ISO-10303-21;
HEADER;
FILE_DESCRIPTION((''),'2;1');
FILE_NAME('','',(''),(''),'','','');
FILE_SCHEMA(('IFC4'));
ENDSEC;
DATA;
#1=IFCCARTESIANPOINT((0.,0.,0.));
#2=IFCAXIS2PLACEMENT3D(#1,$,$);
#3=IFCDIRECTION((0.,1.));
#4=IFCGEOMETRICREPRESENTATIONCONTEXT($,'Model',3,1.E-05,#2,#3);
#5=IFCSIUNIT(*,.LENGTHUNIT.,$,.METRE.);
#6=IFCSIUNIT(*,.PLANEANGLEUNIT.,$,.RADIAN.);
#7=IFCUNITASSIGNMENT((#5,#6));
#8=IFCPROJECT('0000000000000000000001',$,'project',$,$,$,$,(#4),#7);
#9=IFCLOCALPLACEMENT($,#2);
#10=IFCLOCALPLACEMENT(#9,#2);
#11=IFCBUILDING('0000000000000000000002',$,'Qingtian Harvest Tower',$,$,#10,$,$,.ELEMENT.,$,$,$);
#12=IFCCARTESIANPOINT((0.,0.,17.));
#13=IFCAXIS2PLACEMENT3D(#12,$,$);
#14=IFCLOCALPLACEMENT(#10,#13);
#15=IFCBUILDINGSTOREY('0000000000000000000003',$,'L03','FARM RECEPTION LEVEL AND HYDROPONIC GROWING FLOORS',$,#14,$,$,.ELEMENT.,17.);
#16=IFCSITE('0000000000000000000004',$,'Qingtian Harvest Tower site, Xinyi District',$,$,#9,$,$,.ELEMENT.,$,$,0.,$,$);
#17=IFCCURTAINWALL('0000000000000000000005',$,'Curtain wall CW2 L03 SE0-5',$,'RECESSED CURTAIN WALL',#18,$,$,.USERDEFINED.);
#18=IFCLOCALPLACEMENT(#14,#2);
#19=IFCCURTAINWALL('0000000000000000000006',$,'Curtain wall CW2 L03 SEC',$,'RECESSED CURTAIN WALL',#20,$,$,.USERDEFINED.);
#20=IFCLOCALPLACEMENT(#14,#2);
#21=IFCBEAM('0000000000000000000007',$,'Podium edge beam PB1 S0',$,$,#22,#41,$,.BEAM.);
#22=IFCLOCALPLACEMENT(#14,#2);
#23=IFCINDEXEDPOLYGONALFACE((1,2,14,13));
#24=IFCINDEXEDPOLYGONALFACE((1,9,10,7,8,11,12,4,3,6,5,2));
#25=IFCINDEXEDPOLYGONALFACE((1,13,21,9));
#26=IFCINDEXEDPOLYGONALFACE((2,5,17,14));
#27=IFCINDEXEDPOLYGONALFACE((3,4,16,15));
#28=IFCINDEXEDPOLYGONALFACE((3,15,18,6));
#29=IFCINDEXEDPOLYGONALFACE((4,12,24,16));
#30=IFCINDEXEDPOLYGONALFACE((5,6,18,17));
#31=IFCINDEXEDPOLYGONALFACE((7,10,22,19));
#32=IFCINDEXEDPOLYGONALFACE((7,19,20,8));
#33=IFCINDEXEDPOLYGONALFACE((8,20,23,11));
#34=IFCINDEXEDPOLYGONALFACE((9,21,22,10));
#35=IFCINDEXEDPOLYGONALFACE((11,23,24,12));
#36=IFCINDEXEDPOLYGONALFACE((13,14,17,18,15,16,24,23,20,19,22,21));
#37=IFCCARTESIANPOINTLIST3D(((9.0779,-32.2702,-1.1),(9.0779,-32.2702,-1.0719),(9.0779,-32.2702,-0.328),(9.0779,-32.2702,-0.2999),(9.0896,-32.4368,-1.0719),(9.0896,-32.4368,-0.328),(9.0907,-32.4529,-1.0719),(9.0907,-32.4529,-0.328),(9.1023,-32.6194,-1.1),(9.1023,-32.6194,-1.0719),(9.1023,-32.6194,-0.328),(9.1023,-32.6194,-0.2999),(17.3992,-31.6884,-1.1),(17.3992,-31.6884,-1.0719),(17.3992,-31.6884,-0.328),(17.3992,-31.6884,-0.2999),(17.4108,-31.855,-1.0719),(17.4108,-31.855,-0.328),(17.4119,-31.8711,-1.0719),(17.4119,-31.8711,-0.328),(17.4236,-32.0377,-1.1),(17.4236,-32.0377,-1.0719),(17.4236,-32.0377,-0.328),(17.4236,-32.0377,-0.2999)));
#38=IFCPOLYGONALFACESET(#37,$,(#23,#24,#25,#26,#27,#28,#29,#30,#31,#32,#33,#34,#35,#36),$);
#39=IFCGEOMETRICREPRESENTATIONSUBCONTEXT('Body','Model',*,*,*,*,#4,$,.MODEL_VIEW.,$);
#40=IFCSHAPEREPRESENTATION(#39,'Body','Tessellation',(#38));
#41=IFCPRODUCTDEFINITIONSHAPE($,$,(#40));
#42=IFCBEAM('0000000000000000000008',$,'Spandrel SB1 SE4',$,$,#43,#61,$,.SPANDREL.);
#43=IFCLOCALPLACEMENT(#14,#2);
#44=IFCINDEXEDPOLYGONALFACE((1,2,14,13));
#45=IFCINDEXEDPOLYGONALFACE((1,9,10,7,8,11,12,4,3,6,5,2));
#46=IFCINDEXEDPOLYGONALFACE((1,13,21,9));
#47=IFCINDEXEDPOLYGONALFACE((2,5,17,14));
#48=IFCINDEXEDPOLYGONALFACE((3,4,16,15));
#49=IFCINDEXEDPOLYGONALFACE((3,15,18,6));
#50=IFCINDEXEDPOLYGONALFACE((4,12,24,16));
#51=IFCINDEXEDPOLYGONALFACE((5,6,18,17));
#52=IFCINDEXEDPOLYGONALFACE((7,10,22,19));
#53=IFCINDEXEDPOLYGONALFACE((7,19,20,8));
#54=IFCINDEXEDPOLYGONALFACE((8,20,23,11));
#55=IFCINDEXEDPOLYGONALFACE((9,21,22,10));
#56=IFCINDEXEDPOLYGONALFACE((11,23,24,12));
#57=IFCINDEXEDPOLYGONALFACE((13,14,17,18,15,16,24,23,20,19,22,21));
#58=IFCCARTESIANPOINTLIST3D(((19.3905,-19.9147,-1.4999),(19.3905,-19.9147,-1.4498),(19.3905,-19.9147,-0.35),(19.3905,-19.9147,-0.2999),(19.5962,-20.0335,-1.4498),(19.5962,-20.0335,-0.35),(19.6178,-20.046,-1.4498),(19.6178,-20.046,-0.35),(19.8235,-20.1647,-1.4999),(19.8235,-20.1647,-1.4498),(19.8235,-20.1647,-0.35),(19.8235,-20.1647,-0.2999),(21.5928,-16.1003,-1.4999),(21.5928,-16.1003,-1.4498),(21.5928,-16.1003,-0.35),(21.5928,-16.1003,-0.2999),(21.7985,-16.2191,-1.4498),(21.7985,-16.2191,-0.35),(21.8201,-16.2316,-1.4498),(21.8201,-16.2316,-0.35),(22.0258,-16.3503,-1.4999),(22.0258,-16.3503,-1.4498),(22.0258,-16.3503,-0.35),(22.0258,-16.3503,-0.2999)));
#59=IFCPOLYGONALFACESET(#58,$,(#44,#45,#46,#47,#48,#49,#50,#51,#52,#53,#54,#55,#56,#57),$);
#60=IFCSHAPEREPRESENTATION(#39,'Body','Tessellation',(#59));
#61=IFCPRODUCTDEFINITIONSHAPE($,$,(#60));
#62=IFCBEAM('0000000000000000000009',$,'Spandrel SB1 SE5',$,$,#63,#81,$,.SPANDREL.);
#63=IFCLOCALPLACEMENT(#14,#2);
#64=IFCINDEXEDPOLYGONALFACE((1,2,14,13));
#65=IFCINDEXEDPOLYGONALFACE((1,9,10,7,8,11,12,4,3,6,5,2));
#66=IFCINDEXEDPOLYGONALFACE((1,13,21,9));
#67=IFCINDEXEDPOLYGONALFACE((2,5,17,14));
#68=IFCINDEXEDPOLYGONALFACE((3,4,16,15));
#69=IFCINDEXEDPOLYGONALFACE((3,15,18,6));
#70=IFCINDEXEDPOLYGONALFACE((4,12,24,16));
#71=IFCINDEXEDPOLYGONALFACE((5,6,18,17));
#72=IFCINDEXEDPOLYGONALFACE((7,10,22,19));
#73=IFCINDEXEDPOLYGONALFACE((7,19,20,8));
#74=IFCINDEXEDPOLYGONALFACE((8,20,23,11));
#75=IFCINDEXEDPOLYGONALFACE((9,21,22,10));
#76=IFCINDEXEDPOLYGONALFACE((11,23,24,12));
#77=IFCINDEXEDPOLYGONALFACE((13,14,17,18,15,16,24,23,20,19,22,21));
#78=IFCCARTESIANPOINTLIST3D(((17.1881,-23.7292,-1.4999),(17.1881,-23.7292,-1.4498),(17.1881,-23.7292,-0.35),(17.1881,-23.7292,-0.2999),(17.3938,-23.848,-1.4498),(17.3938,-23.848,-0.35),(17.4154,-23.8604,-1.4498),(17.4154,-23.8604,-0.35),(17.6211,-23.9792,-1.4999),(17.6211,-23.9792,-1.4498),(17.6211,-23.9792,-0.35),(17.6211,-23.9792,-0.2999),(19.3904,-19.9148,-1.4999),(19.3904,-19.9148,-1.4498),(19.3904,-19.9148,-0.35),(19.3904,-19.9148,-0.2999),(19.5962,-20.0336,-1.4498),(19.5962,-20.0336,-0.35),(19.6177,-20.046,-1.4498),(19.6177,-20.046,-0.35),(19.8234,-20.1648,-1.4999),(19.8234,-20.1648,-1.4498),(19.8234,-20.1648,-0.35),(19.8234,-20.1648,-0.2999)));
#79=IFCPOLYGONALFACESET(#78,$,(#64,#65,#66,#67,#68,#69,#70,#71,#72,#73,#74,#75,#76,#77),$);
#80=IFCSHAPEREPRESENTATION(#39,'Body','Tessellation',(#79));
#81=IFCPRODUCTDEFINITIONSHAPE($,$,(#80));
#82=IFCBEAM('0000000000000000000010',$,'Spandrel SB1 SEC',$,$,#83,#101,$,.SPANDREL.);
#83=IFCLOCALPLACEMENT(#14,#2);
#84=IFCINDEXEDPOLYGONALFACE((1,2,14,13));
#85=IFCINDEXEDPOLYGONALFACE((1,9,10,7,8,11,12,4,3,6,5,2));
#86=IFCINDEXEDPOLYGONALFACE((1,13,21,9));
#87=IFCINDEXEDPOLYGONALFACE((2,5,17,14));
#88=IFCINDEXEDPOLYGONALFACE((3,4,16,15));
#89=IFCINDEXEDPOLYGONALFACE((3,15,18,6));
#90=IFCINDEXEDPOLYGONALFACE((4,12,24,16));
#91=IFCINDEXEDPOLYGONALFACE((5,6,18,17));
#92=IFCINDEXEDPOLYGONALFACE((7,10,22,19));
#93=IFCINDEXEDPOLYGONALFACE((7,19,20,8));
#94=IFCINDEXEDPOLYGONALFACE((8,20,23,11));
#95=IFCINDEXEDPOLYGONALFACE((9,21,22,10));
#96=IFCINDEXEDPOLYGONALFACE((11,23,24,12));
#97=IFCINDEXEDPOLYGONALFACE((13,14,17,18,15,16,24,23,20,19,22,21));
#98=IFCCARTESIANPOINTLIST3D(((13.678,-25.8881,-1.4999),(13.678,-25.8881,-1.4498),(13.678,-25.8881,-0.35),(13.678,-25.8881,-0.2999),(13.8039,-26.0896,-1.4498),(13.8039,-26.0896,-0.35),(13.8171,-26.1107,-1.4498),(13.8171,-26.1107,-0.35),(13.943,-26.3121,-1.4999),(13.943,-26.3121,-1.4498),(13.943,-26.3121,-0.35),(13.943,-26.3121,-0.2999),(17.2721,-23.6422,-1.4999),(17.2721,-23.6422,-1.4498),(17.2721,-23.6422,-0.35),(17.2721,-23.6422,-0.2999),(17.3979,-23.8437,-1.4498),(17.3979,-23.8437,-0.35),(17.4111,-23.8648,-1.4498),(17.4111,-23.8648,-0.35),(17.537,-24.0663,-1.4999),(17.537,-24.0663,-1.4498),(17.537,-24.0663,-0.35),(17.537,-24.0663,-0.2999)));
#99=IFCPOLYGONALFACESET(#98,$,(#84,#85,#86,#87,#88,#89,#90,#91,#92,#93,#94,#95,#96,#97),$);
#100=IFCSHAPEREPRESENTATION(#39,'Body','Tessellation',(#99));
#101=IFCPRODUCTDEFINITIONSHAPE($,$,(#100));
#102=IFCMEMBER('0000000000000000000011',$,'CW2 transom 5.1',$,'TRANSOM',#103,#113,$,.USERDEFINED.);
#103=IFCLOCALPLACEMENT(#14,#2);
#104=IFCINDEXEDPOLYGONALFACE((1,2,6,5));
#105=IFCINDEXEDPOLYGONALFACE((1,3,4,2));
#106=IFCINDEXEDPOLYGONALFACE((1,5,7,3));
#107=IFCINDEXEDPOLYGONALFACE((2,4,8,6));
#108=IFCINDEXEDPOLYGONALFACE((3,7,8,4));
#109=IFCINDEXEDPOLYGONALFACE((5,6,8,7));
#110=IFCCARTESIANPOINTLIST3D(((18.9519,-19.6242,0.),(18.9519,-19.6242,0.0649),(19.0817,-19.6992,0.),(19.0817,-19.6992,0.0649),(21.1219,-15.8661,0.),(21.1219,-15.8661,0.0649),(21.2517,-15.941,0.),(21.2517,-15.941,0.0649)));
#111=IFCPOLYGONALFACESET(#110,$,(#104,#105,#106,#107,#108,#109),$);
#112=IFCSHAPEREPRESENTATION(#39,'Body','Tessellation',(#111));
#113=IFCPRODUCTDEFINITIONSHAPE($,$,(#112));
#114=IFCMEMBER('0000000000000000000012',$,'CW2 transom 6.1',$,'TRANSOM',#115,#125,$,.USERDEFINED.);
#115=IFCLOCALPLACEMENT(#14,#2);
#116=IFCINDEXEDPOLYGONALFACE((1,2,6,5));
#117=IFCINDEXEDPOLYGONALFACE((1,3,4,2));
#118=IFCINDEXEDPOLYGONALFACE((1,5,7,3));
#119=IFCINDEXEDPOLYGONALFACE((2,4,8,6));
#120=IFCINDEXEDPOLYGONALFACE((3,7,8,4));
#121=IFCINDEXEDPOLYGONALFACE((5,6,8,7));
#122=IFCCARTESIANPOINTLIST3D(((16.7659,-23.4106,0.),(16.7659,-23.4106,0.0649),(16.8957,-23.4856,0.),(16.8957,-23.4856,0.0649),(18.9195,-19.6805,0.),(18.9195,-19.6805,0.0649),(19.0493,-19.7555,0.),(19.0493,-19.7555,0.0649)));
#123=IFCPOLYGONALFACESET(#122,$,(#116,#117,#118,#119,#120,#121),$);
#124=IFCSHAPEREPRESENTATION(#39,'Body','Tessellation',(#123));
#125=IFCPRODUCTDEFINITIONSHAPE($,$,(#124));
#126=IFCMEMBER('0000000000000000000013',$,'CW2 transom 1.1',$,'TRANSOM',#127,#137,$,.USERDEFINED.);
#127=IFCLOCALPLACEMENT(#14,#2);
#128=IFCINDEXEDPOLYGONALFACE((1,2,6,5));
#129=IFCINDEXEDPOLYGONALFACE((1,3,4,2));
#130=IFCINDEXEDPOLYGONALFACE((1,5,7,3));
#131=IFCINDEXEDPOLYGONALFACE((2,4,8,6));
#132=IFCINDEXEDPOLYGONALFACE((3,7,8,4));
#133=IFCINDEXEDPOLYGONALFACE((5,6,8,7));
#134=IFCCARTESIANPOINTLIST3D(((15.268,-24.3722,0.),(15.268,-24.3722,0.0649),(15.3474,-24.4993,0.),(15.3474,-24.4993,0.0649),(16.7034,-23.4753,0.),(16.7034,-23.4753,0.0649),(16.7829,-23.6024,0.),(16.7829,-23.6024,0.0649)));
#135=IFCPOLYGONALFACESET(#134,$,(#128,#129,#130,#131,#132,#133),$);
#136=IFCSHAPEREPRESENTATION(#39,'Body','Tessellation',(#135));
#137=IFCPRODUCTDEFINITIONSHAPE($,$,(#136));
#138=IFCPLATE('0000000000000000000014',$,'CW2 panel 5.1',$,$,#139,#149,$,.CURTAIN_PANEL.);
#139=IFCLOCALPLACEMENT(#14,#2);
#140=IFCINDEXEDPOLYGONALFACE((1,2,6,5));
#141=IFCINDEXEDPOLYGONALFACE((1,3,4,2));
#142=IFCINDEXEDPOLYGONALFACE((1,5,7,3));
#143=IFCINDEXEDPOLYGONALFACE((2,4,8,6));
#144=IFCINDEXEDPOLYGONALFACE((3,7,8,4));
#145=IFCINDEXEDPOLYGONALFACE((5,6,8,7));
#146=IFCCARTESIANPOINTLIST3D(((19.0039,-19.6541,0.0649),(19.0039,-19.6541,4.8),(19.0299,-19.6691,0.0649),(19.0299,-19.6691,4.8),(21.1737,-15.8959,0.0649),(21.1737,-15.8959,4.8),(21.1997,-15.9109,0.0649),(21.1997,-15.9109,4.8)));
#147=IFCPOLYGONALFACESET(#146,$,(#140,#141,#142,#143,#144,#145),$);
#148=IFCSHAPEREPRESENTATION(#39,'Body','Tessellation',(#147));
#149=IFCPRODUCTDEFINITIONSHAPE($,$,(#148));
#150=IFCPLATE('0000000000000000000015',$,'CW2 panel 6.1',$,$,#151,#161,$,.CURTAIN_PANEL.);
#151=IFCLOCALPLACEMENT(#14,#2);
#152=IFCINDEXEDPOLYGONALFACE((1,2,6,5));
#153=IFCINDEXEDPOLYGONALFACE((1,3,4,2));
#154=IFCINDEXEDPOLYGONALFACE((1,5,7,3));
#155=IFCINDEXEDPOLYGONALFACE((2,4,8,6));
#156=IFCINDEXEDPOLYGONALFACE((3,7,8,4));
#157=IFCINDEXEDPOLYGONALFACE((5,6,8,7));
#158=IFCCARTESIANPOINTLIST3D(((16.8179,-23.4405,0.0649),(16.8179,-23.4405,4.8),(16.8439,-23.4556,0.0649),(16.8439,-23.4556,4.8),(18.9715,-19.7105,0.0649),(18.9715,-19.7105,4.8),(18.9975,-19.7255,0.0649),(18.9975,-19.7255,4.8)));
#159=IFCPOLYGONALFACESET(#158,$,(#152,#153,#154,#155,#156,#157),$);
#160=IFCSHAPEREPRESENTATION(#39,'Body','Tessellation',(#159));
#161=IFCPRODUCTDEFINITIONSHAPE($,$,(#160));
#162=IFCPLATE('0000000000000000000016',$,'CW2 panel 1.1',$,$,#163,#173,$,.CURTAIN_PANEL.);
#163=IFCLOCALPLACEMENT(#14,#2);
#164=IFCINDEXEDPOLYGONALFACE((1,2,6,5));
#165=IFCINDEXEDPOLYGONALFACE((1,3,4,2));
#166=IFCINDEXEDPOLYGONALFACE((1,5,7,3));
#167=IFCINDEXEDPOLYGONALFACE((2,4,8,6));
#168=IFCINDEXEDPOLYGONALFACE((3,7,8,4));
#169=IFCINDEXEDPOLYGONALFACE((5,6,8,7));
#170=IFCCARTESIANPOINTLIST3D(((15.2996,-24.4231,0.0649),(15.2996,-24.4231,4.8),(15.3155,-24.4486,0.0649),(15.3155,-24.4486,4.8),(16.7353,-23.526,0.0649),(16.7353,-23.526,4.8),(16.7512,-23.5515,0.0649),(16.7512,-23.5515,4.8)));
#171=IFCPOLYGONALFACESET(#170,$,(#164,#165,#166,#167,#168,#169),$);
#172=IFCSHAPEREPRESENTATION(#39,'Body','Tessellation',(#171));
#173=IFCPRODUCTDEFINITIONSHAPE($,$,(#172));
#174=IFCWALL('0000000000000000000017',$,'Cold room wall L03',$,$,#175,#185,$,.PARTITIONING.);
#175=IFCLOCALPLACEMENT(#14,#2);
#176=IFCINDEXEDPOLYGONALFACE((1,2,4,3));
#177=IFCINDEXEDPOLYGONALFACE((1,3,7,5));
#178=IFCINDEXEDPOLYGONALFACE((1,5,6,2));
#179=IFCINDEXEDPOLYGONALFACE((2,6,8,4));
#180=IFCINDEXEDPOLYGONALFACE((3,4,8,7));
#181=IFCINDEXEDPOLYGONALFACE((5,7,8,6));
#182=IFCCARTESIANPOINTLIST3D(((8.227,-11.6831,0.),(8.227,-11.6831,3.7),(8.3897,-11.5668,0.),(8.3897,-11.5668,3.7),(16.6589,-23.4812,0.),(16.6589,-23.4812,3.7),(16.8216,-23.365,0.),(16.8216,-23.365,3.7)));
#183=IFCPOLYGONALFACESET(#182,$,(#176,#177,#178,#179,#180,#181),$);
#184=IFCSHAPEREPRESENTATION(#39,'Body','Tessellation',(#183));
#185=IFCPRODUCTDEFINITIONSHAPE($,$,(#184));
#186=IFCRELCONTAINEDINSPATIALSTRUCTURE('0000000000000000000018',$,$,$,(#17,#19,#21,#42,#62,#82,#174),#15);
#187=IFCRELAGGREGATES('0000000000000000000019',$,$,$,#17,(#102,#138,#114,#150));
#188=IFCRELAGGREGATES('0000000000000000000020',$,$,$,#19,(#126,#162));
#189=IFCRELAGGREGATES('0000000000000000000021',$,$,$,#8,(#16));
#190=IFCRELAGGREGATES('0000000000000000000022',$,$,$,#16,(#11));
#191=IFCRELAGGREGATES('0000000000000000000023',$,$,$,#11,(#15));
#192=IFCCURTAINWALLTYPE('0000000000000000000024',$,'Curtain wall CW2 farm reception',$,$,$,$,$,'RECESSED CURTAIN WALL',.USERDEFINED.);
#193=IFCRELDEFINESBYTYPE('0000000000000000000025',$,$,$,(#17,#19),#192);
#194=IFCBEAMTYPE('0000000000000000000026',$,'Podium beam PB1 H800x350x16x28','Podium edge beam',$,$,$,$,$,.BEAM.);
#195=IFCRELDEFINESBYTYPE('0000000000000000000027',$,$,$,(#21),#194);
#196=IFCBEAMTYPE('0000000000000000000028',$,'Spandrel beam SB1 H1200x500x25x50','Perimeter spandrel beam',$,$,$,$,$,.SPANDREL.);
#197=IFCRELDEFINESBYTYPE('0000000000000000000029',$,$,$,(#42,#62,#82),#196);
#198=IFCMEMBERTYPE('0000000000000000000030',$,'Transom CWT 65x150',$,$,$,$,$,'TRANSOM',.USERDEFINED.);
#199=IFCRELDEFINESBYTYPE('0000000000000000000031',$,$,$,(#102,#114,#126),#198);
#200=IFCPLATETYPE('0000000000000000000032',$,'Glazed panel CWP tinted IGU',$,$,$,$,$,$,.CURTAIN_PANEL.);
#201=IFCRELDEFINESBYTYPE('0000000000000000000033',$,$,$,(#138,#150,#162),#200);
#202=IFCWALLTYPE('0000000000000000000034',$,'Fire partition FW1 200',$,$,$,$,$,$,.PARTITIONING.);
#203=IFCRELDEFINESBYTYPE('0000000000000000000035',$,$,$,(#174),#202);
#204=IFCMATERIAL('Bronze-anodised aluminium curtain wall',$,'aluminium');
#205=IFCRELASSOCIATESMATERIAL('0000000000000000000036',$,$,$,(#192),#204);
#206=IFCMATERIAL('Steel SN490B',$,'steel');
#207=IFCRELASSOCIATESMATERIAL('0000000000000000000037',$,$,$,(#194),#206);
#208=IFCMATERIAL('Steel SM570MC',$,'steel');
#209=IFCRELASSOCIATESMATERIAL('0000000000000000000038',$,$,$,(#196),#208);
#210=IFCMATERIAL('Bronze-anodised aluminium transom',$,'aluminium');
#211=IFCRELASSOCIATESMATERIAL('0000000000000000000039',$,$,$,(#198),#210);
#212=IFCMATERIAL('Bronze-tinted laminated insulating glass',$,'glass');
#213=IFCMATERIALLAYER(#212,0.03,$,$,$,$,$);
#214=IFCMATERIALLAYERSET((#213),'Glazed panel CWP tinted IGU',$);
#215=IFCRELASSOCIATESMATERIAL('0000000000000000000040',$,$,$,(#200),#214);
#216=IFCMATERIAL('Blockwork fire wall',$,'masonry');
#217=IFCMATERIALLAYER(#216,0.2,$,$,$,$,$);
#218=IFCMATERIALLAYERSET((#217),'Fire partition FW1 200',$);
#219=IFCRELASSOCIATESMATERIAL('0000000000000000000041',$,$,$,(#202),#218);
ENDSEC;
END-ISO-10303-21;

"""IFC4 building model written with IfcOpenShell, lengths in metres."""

from ifc_helpers import new_model, si_unit, direction, frame, frame_2d, origin, origin_2d, place, context, subcontext, project, spatial, rectangle, i_section, extrude, material, layer, layer_set, material_profile, profile_set, type_object, element, aggregate, save


model = new_model("IFC4")

# Units and contexts
model_context = context("Model", 3, precision=1e-05, world=origin(), true_north=direction((0.0, 1.0)))
body_context = subcontext(model_context, "Body", "Model", "MODEL_VIEW")
ifc_project = project(units=[si_unit("LENGTHUNIT", "METRE"), si_unit("PLANEANGLEUNIT", "RADIAN")], contexts=[model_context])

# Site, building, storey
site_placement = place(None, origin())
site = spatial("IfcSite", under=ifc_project, at=site_placement, Name="Qingtian Harvest Tower site, Xinyi District", CompositionType="ELEMENT", RefElevation=0.0)
building_placement = place(site_placement, origin())
building = spatial("IfcBuilding", under=site, at=building_placement, Name="Qingtian Harvest Tower", CompositionType="ELEMENT")
storey_placement = place(building_placement, frame((0.0, 0.0, 17.0)))
storey = spatial("IfcBuildingStorey", under=building, at=storey_placement, Name="L03", Description="FARM RECEPTION LEVEL AND HYDROPONIC GROWING FLOORS", CompositionType="ELEMENT", Elevation=17.0)

# Curtain wall
ifc_material_1 = material(Name="Bronze-anodised aluminium curtain wall", Category="aluminium")
curtain_wall_type = type_object("IfcCurtainWallType", Name="Curtain wall CW2 farm reception", ElementType="RECESSED CURTAIN WALL", PredefinedType="USERDEFINED", material=ifc_material_1)
curtain_wall_1_placement = place(storey_placement, origin())
curtain_wall_1 = element("IfcCurtainWall", 1, at=curtain_wall_1_placement, inside=storey, type_object=curtain_wall_type, Name="Curtain wall CW2 L03 SE0-5", ObjectType="RECESSED CURTAIN WALL", PredefinedType="USERDEFINED")

# Curtain wall
curtain_wall_2_placement = place(storey_placement, origin())
curtain_wall_2 = element("IfcCurtainWall", 2, at=curtain_wall_2_placement, inside=storey, type_object=curtain_wall_type, Name="Curtain wall CW2 L03 SEC", ObjectType="RECESSED CURTAIN WALL", PredefinedType="USERDEFINED")

# Beams
ifc_material_2 = material(Name="Steel SN490B", Category="steel")
ifc_material_profile_1 = material_profile(ifc_material_2, i_section(OverallWidth=0.3501, OverallDepth=0.8, WebThickness=0.0161, FlangeThickness=0.0281, at=origin_2d()), Name="H800x350x16x28")
ifc_profile_set_1 = profile_set([ifc_material_profile_1], Name="Steel SN490B")
beam_type_1 = type_object("IfcBeamType", Name="Podium beam PB1 H800x350x16x28", Description="Podium edge beam", PredefinedType="BEAM", material=ifc_profile_set_1)
beam_1_placement = place(storey_placement, frame((17.4114, -31.863, -0.7), z_axis=(-0.997565, -0.069745, 0.0), x_axis=(0.069745, -0.997565, 0.0)))
element("IfcBeam", 3, at=beam_1_placement, inside=storey, type_object=beam_type_1, Name="Podium edge beam PB1 S0", PredefinedType="BEAM", context=body_context, shape_type="SweptSolid", body=[
    extrude(i_section(OverallWidth=0.3501, OverallDepth=0.8, WebThickness=0.0161, FlangeThickness=0.0281, at=origin_2d()), origin(), (0.0, 0.0, 1.0), 8.3416),
])
ifc_material_3 = material(Name="Steel SM570MC", Category="steel")
ifc_material_profile_2 = material_profile(ifc_material_3, i_section(OverallWidth=0.5, OverallDepth=1.2, WebThickness=0.0249, FlangeThickness=0.05, at=origin_2d()), Name="H1200x500x25x50")
ifc_profile_set_2 = profile_set([ifc_material_profile_2], Name="Steel SM570MC")
beam_type_2 = type_object("IfcBeamType", Name="Spandrel beam SB1 H1200x500x25x50", Description="Perimeter spandrel beam", PredefinedType="SPANDREL", material=ifc_profile_set_2)
for number, where, z_axis, x_axis, name in (
    (4, (21.8093, -16.2253, -0.8999), (-0.50002, -0.866014, 0.0), (0.866014, -0.50002, 0.0), "Spandrel SB1 SE4"),
    (5, (19.6069, -20.0398, -0.8999), (-0.50002, -0.866014, 0.0), (0.866014, -0.50002, 0.0), "Spandrel SB1 SE5"),
):
    element("IfcBeam", number, at=place(storey_placement, frame(where, z_axis=z_axis, x_axis=x_axis)), inside=storey, type_object=beam_type_2, Name=name, PredefinedType="SPANDREL", context=body_context, shape_type="SweptSolid", body=[
        extrude(i_section(OverallWidth=0.5, OverallDepth=1.2, WebThickness=0.0249, FlangeThickness=0.05, at=origin_2d()), origin(), (0.0, 0.0, 1.0), 4.4045),
    ])
beam_2_placement = place(storey_placement, frame((17.4045, -23.8542, -0.8999), z_axis=(-0.84804, -0.529932, 0.0), x_axis=(0.529932, -0.84804, 0.0)))
element("IfcBeam", 6, at=beam_2_placement, inside=storey, type_object=beam_type_2, Name="Spandrel SB1 SEC", PredefinedType="SPANDREL", context=body_context, shape_type="SweptSolid", body=[
    extrude(i_section(OverallWidth=0.5, OverallDepth=1.2, WebThickness=0.0249, FlangeThickness=0.05, at=origin_2d()), origin(), (0.0, 0.0, 1.0), 4.238),
])

# Members
ifc_material_4 = material(Name="Bronze-anodised aluminium transom", Category="aluminium")
ifc_material_profile_3 = material_profile(ifc_material_4, rectangle(XDim=0.1499, YDim=0.0649, at=origin_2d()), Name="AL 65x150")
ifc_profile_set_3 = profile_set([ifc_material_profile_3], Name="Bronze-anodised aluminium transom")
member_type_1 = type_object("IfcMemberType", Name="Transom CWT 65x150", ElementType="TRANSOM", PredefinedType="USERDEFINED", material=ifc_profile_set_3)
member_1_placement = place(storey_placement, frame((21.1868, -15.9036, 0.0325), z_axis=(-0.500036, -0.866005, 0.0), x_axis=(0.866005, -0.500036, 0.0)))
member_1 = element("IfcMember", 7, at=member_1_placement, type_object=member_type_1, Name="CW2 transom 5.1", ObjectType="TRANSOM", PredefinedType="USERDEFINED", context=body_context, shape_type="SweptSolid", body=[
    extrude(rectangle(XDim=0.1499, YDim=0.0649, at=origin_2d()), origin(), (0.0, 0.0, 1.0), 4.3396),
])
member_2_placement = place(storey_placement, frame((18.9844, -19.718, 0.0325), z_axis=(-0.50001, -0.866019, 0.0), x_axis=(0.866019, -0.50001, 0.0)))
member_2 = element("IfcMember", 8, at=member_2_placement, type_object=member_type_1, Name="CW2 transom 6.1", ObjectType="TRANSOM", PredefinedType="USERDEFINED", context=body_context, shape_type="SweptSolid", body=[
    extrude(rectangle(XDim=0.1499, YDim=0.0649, at=origin_2d()), origin(), (0.0, 0.0, 1.0), 4.3071),
])
member_3_placement = place(storey_placement, frame((16.7432, -23.5388, 0.0325), z_axis=(-0.848063, -0.529895, 0.0), x_axis=(0.529895, -0.848063, 0.0)))
member_3 = element("IfcMember", 9, at=member_3_placement, type_object=member_type_1, Name="CW2 transom 1.1", ObjectType="TRANSOM", PredefinedType="USERDEFINED", context=body_context, shape_type="SweptSolid", body=[
    extrude(rectangle(XDim=0.1499, YDim=0.0649, at=origin_2d()), origin(), (0.0, 0.0, 1.0), 1.6926),
])

# Plates
ifc_material_5 = material(Name="Bronze-tinted laminated insulating glass", Category="glass")
ifc_layer_1 = layer(ifc_material_5, 0.03)
ifc_layer_set_1 = layer_set([ifc_layer_1], Name="Glazed panel CWP tinted IGU")
plate_type = type_object("IfcPlateType", Name="Glazed panel CWP tinted IGU", PredefinedType="CURTAIN_PANEL", material=ifc_layer_set_1)
plate_1_placement = place(storey_placement, frame((20.1018, -17.7825, 0.0649), z_axis=(0.0, 0.0, 1.0), x_axis=(-0.5, -0.866025, 0.0)))
plate_1 = element("IfcPlate", 10, at=plate_1_placement, type_object=plate_type, Name="CW2 panel 5.1", PredefinedType="CURTAIN_PANEL", context=body_context, shape_type="SweptSolid", body=[
    extrude(rectangle(XDim=4.3396, YDim=0.03, at=origin_2d()), origin(), (0.0, 0.0, 1.0), 4.7351),
])
plate_2_placement = place(storey_placement, frame((17.9077, -21.583, 0.0649), z_axis=(0.0, 0.0, 1.0), x_axis=(-0.5, -0.866025, 0.0)))
plate_2 = element("IfcPlate", 11, at=plate_2_placement, type_object=plate_type, Name="CW2 panel 6.1", PredefinedType="CURTAIN_PANEL", context=body_context, shape_type="SweptSolid", body=[
    extrude(rectangle(XDim=4.3071, YDim=0.03, at=origin_2d()), origin(), (0.0, 0.0, 1.0), 4.7351),
])
aggregate(curtain_wall_1, [member_1, plate_1, member_2, plate_2])
plate_3_placement = place(storey_placement, frame((16.0254, -23.9873, 0.0649), z_axis=(0.0, 0.0, 1.0), x_axis=(-0.848048, -0.529919, 0.0)))
plate_3 = element("IfcPlate", 12, at=plate_3_placement, type_object=plate_type, Name="CW2 panel 1.1", PredefinedType="CURTAIN_PANEL", context=body_context, shape_type="SweptSolid", body=[
    extrude(rectangle(XDim=1.6929, YDim=0.03, at=origin_2d()), origin(), (0.0, 0.0, 1.0), 4.7351),
])
aggregate(curtain_wall_2, [member_3, plate_3])

# Wall
ifc_material_6 = material(Name="Blockwork fire wall", Category="masonry")
ifc_layer_2 = layer(ifc_material_6, 0.2)
ifc_layer_set_2 = layer_set([ifc_layer_2], Name="Fire partition FW1 200")
wall_type = type_object("IfcWallType", Name="Fire partition FW1 200", PredefinedType="PARTITIONING", material=ifc_layer_set_2)
wall_placement = place(storey_placement, frame((16.7402, -23.4231, 0.0), z_axis=(0.0, 0.0, 1.0), x_axis=(-0.581452, 0.813581, 0.0)))
element("IfcWall", 13, at=wall_placement, inside=storey, type_object=wall_type, Name="Cold room wall L03", PredefinedType="PARTITIONING", context=body_context, shape_type="SweptSolid", body=[
    extrude(rectangle(XDim=14.5015, YDim=0.2, at=frame_2d((7.2507, 0.0))), origin(), (0.0, 0.0, 1.0), 3.7),
])

save(model, "model.ifc")
